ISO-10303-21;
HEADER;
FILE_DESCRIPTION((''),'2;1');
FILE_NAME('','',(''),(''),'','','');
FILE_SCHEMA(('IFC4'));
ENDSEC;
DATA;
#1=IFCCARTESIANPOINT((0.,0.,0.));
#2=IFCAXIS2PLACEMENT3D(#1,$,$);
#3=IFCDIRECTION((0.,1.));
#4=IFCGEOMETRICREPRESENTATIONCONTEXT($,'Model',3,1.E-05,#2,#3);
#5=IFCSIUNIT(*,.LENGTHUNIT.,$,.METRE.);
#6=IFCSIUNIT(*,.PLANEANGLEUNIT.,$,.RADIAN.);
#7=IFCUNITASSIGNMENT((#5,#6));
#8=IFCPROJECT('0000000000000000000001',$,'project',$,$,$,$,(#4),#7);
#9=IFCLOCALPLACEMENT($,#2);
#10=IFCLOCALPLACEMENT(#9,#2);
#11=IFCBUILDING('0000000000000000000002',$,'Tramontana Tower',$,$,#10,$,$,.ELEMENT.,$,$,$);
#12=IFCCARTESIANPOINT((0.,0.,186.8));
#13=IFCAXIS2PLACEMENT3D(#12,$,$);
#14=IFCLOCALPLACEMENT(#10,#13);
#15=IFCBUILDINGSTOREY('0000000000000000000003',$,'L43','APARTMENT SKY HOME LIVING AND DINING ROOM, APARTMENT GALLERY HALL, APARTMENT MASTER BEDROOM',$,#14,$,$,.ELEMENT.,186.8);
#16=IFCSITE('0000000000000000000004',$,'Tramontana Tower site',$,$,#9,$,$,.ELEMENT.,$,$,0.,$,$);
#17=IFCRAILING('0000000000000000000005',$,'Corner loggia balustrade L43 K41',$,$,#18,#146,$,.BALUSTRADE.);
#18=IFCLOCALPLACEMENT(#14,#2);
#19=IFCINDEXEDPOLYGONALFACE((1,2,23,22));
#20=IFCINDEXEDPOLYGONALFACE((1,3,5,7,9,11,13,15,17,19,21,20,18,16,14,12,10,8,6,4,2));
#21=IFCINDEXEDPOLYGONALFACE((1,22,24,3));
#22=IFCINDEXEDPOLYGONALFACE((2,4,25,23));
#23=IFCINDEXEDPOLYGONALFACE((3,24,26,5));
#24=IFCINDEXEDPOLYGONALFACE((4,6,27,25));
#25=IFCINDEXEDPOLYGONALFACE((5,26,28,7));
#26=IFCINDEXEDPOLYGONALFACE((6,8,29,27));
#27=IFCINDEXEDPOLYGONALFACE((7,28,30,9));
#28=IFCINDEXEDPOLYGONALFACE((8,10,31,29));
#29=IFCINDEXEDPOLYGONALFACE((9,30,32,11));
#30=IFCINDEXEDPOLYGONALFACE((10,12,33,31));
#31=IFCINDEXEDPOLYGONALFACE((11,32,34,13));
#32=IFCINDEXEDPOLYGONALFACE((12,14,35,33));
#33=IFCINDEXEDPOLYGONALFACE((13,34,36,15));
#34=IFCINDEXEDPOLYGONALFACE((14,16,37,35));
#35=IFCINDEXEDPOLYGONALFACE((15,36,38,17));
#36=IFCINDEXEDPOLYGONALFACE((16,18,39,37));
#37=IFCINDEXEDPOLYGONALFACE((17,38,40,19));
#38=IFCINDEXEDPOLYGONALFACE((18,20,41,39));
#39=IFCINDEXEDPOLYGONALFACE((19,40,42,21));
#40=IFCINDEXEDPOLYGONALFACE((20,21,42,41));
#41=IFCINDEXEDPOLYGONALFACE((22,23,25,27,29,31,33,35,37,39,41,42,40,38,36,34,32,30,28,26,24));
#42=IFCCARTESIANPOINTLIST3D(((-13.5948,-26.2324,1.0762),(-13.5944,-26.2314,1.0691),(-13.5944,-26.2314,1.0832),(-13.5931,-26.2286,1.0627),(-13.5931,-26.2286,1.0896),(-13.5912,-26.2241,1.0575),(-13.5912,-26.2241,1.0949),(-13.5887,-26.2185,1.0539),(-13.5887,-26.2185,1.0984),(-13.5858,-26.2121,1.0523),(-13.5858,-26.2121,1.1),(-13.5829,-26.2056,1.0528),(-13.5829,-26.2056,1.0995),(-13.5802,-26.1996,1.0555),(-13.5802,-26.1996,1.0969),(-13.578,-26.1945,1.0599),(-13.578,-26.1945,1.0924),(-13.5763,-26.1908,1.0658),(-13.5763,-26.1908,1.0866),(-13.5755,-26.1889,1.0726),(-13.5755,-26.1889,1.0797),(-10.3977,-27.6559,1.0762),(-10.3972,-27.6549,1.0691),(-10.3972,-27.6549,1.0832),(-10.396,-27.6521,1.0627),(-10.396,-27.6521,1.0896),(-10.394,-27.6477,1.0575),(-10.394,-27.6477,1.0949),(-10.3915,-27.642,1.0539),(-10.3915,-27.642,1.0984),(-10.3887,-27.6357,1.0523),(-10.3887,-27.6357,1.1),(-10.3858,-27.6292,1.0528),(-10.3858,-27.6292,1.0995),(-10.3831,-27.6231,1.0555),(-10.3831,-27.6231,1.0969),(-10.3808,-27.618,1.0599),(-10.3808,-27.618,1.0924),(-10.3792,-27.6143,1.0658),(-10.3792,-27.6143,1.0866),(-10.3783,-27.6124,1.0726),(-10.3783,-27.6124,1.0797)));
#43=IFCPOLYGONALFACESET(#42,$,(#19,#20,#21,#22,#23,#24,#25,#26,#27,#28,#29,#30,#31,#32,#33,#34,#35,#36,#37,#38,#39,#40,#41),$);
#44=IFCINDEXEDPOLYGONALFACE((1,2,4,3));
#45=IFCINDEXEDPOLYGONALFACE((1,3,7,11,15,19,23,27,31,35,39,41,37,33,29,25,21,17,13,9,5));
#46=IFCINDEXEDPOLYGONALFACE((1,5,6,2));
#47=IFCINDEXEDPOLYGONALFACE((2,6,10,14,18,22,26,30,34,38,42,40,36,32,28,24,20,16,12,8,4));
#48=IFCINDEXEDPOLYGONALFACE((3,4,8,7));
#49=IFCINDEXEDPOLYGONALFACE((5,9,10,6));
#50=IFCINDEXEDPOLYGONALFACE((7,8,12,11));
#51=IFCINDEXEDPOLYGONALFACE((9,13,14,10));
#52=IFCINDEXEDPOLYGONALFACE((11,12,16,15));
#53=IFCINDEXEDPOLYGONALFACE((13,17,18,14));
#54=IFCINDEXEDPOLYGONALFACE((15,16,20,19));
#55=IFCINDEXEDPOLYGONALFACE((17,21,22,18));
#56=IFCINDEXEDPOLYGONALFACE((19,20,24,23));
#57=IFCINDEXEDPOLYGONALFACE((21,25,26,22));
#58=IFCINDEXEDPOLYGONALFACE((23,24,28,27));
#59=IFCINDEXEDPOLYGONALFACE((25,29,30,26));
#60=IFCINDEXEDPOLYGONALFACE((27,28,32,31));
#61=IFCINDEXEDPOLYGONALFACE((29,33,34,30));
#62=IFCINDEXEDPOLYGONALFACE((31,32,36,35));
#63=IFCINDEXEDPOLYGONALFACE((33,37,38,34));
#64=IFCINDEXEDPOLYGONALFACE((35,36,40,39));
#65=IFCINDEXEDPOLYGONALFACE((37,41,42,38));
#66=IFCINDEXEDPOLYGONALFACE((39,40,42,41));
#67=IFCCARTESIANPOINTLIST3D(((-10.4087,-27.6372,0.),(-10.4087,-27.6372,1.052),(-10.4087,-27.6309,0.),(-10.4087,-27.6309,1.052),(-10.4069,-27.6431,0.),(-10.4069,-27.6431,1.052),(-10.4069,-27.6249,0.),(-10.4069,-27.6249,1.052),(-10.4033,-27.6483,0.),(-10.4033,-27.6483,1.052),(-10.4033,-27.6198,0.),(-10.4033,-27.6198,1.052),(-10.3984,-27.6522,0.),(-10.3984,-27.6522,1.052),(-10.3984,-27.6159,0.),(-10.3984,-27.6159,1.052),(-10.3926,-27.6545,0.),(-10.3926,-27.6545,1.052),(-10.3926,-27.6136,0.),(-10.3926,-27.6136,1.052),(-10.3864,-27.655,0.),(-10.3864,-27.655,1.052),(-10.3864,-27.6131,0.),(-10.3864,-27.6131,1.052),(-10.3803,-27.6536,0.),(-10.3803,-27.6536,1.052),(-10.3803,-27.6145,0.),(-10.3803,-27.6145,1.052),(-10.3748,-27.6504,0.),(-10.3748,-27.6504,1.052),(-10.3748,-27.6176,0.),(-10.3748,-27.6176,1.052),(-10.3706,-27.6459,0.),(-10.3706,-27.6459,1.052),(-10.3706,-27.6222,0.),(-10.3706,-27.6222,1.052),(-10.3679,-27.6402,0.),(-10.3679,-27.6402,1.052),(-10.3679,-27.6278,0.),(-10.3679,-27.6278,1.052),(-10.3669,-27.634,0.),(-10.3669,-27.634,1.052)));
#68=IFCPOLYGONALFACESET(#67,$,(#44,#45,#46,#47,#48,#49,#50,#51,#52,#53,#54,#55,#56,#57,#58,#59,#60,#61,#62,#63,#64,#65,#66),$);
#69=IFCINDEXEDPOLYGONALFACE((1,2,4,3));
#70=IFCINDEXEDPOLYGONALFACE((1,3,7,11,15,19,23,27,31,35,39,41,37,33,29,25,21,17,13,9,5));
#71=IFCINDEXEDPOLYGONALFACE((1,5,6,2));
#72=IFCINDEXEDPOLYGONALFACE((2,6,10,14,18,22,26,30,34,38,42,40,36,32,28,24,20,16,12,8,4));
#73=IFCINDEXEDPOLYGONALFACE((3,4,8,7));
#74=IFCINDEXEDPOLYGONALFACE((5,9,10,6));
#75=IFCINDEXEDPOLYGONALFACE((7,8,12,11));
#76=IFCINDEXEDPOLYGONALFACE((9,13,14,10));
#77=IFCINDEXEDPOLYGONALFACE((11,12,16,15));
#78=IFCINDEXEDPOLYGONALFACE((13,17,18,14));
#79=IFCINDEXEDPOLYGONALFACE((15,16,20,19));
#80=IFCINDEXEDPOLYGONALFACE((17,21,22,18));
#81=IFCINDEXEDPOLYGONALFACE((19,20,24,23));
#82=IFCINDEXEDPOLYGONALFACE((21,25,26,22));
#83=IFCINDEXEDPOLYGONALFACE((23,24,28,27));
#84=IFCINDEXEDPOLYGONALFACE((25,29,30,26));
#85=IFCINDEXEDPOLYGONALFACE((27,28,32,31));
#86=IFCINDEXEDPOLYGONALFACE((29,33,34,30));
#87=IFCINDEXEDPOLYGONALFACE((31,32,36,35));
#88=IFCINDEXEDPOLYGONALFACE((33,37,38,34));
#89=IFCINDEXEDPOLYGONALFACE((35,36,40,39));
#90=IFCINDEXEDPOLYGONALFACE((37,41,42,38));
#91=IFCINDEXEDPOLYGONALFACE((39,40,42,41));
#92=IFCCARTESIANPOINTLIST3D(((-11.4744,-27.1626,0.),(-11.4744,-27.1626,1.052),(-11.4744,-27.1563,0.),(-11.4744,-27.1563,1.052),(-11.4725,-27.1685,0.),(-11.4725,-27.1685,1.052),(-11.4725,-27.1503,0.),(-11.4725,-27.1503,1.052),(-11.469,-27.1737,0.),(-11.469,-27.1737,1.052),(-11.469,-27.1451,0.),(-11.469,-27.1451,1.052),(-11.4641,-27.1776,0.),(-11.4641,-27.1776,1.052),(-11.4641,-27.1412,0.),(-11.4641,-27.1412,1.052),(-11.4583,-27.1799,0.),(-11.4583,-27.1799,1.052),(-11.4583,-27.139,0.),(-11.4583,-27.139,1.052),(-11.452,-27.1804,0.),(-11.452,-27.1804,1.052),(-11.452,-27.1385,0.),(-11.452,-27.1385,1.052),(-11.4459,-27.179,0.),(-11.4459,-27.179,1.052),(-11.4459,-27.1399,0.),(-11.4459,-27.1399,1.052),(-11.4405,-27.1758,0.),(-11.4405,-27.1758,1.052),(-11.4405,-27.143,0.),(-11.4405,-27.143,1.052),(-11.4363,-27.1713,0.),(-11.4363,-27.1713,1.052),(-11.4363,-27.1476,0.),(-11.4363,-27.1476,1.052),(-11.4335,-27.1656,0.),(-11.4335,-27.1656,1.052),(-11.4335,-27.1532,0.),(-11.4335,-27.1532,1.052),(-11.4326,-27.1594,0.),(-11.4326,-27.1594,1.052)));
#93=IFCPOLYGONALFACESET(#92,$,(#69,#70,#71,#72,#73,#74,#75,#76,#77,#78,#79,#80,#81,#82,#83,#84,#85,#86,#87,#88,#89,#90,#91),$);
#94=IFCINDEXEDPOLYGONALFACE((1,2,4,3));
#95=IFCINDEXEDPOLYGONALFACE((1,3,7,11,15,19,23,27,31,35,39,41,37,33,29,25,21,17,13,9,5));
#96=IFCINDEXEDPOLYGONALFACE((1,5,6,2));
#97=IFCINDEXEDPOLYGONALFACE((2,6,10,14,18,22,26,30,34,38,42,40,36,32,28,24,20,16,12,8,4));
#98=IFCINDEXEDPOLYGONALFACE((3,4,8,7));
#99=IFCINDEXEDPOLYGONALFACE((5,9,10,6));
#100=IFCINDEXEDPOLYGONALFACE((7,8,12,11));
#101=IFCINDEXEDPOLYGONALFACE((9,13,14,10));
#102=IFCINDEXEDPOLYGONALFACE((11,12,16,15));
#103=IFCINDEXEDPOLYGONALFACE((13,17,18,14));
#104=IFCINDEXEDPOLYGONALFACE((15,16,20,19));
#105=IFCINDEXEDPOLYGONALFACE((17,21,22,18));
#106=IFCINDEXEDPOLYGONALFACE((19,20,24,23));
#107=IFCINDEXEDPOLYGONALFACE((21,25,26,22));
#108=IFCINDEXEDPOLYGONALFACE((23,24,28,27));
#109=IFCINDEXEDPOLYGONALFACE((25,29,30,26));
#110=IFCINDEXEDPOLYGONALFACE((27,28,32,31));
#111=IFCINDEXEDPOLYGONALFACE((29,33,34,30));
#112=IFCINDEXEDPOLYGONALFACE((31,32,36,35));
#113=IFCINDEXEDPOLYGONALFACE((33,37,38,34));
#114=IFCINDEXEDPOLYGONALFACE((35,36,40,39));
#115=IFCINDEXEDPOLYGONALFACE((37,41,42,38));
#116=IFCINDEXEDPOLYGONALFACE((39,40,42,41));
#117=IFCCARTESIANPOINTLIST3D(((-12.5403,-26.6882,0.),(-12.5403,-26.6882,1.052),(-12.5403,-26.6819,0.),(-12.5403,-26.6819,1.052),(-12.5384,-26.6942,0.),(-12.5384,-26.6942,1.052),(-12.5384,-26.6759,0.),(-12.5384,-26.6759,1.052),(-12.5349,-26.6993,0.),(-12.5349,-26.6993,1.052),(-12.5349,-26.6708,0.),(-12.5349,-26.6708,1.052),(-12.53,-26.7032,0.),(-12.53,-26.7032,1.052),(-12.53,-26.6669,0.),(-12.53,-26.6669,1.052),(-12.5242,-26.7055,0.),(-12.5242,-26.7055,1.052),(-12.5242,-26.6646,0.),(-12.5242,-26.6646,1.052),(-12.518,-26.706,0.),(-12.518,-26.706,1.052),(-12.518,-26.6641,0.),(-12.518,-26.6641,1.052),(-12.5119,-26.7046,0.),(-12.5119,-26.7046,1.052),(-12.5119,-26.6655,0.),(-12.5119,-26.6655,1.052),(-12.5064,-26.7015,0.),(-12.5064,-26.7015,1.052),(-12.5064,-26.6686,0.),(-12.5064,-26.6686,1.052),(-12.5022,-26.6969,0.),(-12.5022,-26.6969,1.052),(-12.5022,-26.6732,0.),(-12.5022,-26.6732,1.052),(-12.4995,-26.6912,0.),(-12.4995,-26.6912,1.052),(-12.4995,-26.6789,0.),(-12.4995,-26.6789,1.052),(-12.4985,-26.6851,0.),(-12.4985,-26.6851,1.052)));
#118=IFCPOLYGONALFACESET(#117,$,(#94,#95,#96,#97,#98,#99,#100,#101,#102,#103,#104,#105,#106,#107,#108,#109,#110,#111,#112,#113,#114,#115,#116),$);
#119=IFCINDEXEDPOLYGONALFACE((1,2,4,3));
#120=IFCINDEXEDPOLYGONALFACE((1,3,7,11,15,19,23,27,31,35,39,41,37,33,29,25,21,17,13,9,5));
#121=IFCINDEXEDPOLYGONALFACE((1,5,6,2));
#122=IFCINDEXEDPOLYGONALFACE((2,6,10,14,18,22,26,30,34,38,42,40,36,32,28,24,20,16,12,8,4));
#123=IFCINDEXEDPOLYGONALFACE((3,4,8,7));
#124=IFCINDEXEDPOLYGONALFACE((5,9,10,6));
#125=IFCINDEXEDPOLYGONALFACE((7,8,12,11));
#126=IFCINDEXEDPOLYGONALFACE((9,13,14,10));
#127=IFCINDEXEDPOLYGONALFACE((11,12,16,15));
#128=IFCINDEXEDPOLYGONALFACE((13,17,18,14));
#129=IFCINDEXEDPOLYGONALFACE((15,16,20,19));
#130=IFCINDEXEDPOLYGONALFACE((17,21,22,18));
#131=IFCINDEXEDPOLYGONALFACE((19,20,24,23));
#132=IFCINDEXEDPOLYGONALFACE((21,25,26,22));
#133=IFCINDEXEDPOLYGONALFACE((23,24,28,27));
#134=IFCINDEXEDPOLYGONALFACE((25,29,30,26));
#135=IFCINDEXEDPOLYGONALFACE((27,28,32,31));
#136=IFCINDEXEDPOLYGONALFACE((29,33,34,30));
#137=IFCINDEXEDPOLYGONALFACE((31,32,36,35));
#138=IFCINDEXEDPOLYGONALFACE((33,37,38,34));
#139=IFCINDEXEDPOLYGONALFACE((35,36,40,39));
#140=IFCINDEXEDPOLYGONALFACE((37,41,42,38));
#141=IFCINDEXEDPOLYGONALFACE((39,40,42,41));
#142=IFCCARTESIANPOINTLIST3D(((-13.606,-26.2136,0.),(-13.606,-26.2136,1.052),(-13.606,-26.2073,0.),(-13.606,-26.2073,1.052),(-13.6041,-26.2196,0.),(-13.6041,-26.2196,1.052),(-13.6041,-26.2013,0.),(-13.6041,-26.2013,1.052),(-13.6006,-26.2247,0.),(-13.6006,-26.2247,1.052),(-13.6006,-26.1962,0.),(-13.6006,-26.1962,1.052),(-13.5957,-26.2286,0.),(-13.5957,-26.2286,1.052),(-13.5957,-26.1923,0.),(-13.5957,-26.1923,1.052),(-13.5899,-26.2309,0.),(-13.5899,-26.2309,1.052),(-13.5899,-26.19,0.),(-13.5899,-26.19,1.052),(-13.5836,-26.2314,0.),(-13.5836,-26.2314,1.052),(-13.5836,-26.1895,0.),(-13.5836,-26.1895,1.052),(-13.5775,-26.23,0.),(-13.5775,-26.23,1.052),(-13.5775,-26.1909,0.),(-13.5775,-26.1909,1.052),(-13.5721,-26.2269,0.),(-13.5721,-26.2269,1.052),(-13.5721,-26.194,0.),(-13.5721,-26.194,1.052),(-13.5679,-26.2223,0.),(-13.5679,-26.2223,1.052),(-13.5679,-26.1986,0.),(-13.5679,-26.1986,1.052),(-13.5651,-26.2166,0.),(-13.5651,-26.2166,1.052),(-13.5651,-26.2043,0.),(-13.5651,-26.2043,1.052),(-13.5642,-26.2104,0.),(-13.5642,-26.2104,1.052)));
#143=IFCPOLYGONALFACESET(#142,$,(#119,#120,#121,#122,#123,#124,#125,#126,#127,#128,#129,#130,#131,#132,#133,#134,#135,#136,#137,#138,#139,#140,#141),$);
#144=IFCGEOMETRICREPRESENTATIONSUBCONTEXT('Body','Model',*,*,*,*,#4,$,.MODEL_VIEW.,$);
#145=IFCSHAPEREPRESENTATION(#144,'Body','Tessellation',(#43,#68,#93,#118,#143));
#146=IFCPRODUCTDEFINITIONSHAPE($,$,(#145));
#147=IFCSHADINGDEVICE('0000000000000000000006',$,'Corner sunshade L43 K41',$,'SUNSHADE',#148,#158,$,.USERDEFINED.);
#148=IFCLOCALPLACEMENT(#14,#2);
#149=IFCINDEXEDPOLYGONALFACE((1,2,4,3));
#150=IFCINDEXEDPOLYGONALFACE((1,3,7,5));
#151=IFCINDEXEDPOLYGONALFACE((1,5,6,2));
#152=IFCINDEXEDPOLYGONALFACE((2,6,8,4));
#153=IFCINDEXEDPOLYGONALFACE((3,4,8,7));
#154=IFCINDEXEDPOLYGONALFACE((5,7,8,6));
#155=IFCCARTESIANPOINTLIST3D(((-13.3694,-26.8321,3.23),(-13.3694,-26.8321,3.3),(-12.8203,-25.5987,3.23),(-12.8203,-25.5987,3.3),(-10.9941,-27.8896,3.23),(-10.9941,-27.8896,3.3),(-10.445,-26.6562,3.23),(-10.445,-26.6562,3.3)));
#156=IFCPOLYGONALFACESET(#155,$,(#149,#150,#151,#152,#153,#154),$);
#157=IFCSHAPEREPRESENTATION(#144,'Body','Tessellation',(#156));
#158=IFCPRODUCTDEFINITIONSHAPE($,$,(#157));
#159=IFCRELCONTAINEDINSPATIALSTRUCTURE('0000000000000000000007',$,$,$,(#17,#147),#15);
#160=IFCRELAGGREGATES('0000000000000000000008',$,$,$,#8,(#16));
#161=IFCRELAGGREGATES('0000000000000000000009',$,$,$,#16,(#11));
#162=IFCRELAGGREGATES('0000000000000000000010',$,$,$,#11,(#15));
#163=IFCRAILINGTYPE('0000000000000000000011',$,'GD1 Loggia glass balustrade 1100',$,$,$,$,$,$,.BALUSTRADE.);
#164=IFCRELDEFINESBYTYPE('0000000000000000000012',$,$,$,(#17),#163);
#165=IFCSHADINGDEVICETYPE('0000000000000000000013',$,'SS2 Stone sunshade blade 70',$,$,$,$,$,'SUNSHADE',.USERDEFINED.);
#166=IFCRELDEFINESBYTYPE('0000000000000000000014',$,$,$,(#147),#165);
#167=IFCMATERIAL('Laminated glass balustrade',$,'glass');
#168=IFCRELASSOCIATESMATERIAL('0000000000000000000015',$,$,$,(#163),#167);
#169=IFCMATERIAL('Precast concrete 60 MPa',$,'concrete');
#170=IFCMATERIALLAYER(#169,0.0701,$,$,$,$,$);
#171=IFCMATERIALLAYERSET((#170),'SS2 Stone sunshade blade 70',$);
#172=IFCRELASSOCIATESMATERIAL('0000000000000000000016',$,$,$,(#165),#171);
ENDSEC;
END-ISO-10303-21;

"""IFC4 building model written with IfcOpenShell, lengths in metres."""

from ifc_helpers import new_model, si_unit, direction, frame, origin, origin_2d, place, context, subcontext, project, spatial, rectangle, circle, extrude, material, layer, layer_set, type_object, element, save


model = new_model("IFC4")

# Units and contexts
model_context = context("Model", 3, precision=1e-05, world=origin(), true_north=direction((0.0, 1.0)))
body_context = subcontext(model_context, "Body", "Model", "MODEL_VIEW")
ifc_project = project(units=[si_unit("LENGTHUNIT", "METRE"), si_unit("PLANEANGLEUNIT", "RADIAN")], contexts=[model_context])

# Site, building, storey
site_placement = place(None, origin())
site = spatial("IfcSite", under=ifc_project, at=site_placement, Name="Tramontana Tower site", CompositionType="ELEMENT", RefElevation=0.0)
building_placement = place(site_placement, origin())
building = spatial("IfcBuilding", under=site, at=building_placement, Name="Tramontana Tower", CompositionType="ELEMENT")
storey_placement = place(building_placement, frame((0.0, 0.0, 186.8)))
storey = spatial("IfcBuildingStorey", under=building, at=storey_placement, Name="L43", Description="APARTMENT SKY HOME LIVING AND DINING ROOM, APARTMENT GALLERY HALL, APARTMENT MASTER BEDROOM", CompositionType="ELEMENT", Elevation=186.8)

# Railing
ifc_material_1 = material(Name="Laminated glass balustrade", Category="glass")
railing_type = type_object("IfcRailingType", Name="GD1 Loggia glass balustrade 1100", PredefinedType="BALUSTRADE", material=ifc_material_1)
railing_placement = place(storey_placement, frame((-10.3879, -27.634, 0.0)))
element("IfcRailing", 1, at=railing_placement, inside=storey, type_object=railing_type, Name="Corner loggia balustrade L43 K41", PredefinedType="BALUSTRADE", context=body_context, shape_type="SweptSolid", body=[
    extrude(circle(Radius=0.0239, at=origin_2d()), frame((0.0, 0.0, 1.0762), z_axis=(-0.913538, 0.406753, 0.0), x_axis=(-0.406753, -0.913538, 0.0)), (0.0, 0.0, 1.0), 3.4998),
    extrude(circle(Radius=0.021, at=origin_2d()), origin(), (0.0, 0.0, 1.0), 1.052),
    extrude(circle(Radius=0.021, at=origin_2d()), frame((-1.0657, 0.4746, 0.0)), (0.0, 0.0, 1.0), 1.052),
    extrude(circle(Radius=0.021, at=origin_2d()), frame((-2.1316, 0.949, 0.0)), (0.0, 0.0, 1.0), 1.052),
    extrude(circle(Radius=0.021, at=origin_2d()), frame((-3.1973, 1.4236, 0.0)), (0.0, 0.0, 1.0), 1.052),
])

# Shading device
ifc_material_2 = material(Name="Precast concrete 60 MPa", Category="concrete")
ifc_layer_1 = layer(ifc_material_2, 0.0701)
ifc_layer_set_1 = layer_set([ifc_layer_1], Name="SS2 Stone sunshade blade 70")
shading_device_type = type_object("IfcShadingDeviceType", Name="SS2 Stone sunshade blade 70", ElementType="SUNSHADE", PredefinedType="USERDEFINED", material=ifc_layer_set_1)
shading_device_placement = place(storey_placement, frame((-11.9072, -26.7441, 3.23), z_axis=(0.0, 0.0, 1.0), x_axis=(-0.913545, 0.406737, 0.0)))
element("IfcShadingDevice", 2, at=shading_device_placement, inside=storey, type_object=shading_device_type, Name="Corner sunshade L43 K41", ObjectType="SUNSHADE", PredefinedType="USERDEFINED", context=body_context, shape_type="SweptSolid", body=[
    extrude(rectangle(XDim=2.6001, YDim=1.3501, at=origin_2d()), origin(), (0.0, 0.0, 1.0), 0.0701),
])

save(model, "model.ifc")
